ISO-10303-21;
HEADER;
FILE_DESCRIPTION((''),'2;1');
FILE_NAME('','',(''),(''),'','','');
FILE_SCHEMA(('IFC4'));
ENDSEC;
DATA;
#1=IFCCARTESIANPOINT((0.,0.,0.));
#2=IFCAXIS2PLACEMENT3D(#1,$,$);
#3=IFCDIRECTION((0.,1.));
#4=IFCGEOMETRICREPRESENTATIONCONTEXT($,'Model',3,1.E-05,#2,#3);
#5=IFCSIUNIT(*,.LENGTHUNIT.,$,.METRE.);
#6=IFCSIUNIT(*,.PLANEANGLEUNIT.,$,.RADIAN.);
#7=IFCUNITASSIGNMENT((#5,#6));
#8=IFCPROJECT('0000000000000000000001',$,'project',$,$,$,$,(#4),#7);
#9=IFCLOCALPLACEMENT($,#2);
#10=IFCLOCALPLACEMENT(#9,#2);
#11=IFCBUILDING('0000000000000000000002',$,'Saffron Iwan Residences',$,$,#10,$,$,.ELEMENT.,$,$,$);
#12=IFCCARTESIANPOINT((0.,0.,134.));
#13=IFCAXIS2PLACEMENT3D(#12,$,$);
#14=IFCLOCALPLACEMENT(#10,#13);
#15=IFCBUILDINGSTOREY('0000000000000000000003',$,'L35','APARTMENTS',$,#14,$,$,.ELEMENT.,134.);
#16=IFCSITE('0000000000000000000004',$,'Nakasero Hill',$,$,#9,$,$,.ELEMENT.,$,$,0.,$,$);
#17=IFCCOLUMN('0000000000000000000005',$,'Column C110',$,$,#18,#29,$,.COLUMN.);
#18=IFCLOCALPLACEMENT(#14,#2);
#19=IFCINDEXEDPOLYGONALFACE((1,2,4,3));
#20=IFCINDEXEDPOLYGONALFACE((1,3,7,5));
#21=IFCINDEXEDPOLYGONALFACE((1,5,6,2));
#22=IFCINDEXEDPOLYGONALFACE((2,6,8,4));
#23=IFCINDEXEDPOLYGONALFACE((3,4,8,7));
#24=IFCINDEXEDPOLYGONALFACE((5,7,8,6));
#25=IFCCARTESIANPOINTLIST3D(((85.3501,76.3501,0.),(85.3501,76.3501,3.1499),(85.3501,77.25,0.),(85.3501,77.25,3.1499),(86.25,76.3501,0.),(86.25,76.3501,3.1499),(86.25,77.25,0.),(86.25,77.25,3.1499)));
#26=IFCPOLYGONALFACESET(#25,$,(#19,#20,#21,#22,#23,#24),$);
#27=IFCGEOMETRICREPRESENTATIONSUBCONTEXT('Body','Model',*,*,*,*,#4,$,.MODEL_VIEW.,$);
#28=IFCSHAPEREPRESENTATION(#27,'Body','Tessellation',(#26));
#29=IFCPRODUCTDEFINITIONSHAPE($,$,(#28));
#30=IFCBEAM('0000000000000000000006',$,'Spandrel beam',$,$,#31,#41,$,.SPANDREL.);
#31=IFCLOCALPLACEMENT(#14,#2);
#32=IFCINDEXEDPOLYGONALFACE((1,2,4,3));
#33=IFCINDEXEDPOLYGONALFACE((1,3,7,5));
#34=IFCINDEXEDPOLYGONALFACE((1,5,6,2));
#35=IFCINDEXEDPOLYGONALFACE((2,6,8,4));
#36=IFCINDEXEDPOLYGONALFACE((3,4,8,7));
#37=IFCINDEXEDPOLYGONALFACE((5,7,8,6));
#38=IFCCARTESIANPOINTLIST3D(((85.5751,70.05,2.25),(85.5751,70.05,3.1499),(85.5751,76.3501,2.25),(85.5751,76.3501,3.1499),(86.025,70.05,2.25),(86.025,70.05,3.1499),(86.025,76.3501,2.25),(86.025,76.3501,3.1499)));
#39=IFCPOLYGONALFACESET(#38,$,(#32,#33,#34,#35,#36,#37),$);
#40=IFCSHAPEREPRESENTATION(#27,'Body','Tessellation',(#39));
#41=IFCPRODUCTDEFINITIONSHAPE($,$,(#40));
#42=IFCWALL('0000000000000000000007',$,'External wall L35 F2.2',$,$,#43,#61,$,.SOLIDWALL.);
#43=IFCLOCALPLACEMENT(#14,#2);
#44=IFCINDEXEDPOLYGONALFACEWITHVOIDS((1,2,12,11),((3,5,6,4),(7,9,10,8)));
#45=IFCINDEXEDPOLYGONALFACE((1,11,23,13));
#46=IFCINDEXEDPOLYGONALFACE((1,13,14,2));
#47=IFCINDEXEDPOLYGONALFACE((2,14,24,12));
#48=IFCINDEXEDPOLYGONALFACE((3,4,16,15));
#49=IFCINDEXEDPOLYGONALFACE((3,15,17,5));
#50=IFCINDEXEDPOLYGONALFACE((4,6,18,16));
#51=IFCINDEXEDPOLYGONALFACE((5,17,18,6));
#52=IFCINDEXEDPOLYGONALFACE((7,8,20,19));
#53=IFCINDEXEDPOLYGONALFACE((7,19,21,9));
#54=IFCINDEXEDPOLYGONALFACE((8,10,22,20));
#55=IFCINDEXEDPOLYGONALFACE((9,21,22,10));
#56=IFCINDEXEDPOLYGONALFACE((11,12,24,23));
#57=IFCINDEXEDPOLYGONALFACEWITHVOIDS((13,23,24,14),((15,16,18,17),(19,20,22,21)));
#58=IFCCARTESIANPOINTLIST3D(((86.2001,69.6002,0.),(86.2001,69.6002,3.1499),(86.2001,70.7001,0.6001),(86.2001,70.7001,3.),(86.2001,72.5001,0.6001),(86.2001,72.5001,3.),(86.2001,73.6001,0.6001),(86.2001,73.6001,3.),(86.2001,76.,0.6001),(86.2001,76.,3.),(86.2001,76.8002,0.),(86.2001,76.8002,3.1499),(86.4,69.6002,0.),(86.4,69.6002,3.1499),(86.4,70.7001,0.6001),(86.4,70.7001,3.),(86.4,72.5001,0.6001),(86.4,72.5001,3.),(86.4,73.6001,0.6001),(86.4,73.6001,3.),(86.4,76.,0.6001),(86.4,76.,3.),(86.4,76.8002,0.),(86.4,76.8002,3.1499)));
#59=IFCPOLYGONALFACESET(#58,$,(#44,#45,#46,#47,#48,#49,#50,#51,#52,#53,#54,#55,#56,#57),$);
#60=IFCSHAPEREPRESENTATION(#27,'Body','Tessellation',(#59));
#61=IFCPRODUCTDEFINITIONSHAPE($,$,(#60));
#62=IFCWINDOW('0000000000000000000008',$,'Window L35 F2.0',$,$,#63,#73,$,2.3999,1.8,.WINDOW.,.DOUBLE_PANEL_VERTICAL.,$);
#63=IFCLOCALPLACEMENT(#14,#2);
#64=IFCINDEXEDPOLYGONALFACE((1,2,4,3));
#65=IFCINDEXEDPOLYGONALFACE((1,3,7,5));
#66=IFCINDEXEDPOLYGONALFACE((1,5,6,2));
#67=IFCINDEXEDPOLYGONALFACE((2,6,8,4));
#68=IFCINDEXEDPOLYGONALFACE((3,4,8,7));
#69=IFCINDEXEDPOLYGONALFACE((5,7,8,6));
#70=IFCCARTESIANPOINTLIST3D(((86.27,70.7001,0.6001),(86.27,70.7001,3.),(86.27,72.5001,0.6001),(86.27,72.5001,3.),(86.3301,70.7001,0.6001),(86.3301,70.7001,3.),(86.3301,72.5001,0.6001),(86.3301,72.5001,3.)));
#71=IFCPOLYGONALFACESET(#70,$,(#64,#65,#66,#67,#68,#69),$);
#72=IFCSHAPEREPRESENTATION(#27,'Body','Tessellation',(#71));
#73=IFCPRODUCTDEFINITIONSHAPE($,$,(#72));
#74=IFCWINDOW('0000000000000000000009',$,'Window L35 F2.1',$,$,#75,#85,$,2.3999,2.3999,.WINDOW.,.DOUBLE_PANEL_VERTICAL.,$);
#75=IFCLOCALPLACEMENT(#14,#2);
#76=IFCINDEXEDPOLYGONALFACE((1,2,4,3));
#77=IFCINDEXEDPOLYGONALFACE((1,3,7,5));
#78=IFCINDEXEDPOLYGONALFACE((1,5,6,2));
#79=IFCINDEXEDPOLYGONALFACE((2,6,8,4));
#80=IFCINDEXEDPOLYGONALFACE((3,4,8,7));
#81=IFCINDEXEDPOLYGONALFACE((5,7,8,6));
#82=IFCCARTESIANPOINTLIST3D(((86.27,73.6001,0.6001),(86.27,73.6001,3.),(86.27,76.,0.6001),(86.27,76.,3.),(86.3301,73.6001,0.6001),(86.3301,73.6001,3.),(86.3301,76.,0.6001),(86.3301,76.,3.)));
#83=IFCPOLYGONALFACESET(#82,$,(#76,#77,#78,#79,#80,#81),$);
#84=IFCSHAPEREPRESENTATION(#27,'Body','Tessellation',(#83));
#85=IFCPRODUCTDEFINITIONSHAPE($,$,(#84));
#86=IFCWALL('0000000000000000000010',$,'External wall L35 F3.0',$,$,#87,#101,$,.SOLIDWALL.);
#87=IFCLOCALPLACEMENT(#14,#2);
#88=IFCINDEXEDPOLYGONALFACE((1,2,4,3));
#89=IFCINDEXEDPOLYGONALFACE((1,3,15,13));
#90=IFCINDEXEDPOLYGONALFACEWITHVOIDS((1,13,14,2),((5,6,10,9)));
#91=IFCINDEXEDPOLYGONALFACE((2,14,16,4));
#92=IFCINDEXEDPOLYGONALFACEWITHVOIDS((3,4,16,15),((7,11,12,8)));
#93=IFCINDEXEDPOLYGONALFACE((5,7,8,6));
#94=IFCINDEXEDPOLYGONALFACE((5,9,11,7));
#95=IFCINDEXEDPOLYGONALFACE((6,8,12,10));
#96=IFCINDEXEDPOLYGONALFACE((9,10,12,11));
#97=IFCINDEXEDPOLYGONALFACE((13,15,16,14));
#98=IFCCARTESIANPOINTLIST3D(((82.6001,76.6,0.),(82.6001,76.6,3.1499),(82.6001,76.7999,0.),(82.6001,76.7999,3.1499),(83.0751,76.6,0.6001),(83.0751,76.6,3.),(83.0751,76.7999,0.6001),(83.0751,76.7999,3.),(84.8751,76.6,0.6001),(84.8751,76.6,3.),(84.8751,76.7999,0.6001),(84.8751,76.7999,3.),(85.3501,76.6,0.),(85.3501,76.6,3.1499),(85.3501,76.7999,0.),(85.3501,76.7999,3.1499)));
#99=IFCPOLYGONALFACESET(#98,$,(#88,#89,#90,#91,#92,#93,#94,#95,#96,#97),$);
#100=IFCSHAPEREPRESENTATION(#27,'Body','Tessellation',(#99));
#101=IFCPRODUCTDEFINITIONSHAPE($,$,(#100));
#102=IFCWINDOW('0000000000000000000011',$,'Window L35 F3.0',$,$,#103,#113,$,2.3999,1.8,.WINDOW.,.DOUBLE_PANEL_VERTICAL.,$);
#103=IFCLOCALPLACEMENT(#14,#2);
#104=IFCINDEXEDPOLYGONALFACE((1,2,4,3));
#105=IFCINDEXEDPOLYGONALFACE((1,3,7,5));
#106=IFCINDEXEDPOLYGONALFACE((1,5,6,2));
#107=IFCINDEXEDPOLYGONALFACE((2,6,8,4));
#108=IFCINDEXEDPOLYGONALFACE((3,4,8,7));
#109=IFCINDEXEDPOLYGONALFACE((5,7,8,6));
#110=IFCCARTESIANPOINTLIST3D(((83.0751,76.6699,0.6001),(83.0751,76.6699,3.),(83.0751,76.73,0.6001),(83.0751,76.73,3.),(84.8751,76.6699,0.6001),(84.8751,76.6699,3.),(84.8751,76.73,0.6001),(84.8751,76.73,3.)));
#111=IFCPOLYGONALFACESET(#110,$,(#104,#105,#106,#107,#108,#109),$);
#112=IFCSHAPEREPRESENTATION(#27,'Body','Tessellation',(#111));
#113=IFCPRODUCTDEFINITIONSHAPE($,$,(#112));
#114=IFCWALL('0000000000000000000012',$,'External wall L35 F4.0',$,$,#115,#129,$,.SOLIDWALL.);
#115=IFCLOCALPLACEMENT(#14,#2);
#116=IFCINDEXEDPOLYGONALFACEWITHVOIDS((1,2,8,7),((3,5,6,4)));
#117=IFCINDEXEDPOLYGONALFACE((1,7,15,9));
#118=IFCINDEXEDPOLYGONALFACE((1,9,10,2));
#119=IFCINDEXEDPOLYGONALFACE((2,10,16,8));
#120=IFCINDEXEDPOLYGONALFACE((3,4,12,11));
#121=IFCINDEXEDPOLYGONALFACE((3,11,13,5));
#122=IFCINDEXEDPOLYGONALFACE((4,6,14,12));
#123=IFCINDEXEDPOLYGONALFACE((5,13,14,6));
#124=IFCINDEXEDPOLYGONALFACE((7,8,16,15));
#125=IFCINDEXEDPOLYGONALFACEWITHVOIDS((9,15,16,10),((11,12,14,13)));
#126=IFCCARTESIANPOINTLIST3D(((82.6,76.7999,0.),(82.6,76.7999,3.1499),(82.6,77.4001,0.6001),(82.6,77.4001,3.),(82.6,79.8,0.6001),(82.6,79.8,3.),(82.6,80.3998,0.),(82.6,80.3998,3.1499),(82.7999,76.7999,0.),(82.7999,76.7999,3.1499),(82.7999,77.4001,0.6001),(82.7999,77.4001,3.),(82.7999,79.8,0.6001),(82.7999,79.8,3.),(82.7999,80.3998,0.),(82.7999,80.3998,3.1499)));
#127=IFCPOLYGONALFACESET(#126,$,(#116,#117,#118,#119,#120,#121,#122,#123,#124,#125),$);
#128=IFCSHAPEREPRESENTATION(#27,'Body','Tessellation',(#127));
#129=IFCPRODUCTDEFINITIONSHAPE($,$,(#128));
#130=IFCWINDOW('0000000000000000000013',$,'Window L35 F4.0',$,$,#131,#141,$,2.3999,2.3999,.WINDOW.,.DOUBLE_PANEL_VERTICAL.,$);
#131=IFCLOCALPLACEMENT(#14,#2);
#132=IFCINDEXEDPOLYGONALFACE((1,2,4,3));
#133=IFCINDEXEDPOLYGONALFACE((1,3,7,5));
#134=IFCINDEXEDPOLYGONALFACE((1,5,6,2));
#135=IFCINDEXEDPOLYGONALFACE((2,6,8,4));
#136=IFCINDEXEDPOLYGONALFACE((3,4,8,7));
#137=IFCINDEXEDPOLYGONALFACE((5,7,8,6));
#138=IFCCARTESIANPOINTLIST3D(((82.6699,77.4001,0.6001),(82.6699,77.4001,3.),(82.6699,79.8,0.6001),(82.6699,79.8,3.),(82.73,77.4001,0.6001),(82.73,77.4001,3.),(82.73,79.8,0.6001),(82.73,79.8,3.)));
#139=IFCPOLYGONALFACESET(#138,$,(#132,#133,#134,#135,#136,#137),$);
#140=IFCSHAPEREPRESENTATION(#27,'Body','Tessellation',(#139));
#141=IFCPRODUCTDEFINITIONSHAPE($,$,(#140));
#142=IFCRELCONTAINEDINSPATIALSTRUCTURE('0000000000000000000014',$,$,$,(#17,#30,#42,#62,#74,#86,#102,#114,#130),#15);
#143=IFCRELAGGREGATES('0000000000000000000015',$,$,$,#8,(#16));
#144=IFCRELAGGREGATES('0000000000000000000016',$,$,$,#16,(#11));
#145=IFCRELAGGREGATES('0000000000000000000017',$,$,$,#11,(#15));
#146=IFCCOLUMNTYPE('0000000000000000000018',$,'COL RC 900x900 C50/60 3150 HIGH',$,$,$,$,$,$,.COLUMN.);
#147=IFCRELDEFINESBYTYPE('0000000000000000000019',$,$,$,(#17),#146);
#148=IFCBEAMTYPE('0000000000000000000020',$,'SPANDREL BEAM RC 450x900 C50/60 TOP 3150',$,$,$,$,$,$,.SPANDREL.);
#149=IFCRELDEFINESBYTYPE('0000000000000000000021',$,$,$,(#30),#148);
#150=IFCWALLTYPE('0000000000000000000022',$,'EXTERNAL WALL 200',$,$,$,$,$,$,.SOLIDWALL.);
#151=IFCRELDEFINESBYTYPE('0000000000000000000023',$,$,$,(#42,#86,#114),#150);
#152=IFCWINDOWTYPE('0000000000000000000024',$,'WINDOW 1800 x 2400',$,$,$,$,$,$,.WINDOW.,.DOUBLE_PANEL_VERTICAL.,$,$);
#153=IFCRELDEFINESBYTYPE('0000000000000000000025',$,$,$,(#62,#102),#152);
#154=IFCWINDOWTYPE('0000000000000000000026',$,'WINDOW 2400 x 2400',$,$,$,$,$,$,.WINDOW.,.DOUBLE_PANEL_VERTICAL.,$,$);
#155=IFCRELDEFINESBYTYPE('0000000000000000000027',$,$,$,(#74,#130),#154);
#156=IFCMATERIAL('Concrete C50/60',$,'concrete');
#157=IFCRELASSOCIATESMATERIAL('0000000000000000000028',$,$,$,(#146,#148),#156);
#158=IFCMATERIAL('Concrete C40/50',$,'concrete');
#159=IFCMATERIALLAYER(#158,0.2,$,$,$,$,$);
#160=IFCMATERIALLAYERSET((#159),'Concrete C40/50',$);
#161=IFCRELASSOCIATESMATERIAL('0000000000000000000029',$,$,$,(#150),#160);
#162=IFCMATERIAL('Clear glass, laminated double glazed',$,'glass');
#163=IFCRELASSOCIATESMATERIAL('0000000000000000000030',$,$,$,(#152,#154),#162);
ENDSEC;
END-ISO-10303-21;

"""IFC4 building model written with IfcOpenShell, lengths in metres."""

from ifc_helpers import new_model, si_unit, direction, frame, frame_2d, origin, origin_2d, place, context, subcontext, project, spatial, rectangle, extrude, source, transform, mapped, material, layer, layer_set, material_profile, profile_set, type_object, element, fill, save


model = new_model("IFC4")

# Units and contexts
model_context = context("Model", 3, precision=1e-05, world=origin(), true_north=direction((0.0, 1.0)))
body_context = subcontext(model_context, "Body", "Model", "MODEL_VIEW")
ifc_project = project(units=[si_unit("LENGTHUNIT", "METRE"), si_unit("PLANEANGLEUNIT", "RADIAN")], contexts=[model_context])

# Site, building, storey
site_placement = place(None, origin())
site = spatial("IfcSite", under=ifc_project, at=site_placement, Name="Nakasero Hill", CompositionType="ELEMENT", RefElevation=0.0)
building_placement = place(site_placement, origin())
building = spatial("IfcBuilding", under=site, at=building_placement, Name="Saffron Iwan Residences", CompositionType="ELEMENT")
storey_placement = place(building_placement, frame((0.0, 0.0, 134.0)))
storey = spatial("IfcBuildingStorey", under=building, at=storey_placement, Name="L35", Description="APARTMENTS", CompositionType="ELEMENT", Elevation=134.0)

# Column
ifc_material_1 = material(Name="Concrete C50/60", Category="concrete")
ifc_material_profile_1 = material_profile(ifc_material_1, rectangle(XDim=0.8999, YDim=0.8999, at=origin_2d()), Name="RC 900x900")
ifc_profile_set_1 = profile_set([ifc_material_profile_1], Name="Concrete C50/60")
column_type = type_object("IfcColumnType", Name="COL RC 900x900 C50/60 3150 HIGH", PredefinedType="COLUMN", material=ifc_profile_set_1)
shared_shape_1 = source(origin(), body_context, "Body", "SweptSolid", [
    extrude(rectangle(XDim=0.8999, YDim=0.8999, at=origin_2d()), origin(), (0.0, 0.0, 1.0), 3.1499),
])
column_placement = place(storey_placement, frame((85.8, 76.8, 0.0), z_axis=(0.0, 0.0, 1.0), x_axis=(1.0, 0.0, 0.0)))
element("IfcColumn", 1, at=column_placement, inside=storey, type_object=column_type, Name="Column C110", PredefinedType="COLUMN", context=body_context, shape_type="MappedRepresentation", body=[
    mapped(shared_shape_1, transform((0.0, 0.0, 0.0))),
])

# Beam
ifc_material_profile_2 = material_profile(ifc_material_1, rectangle(XDim=0.45, YDim=0.8999, at=origin_2d()), Name="RC 450x900")
ifc_profile_set_2 = profile_set([ifc_material_profile_2], Name="Concrete C50/60")
beam_type = type_object("IfcBeamType", Name="SPANDREL BEAM RC 450x900 C50/60 TOP 3150", PredefinedType="SPANDREL", material=ifc_profile_set_2)
shared_shape_2 = source(origin(), body_context, "Body", "SweptSolid", [
    extrude(rectangle(XDim=0.45, YDim=0.8999, at=origin_2d()), origin(), (0.0, 0.0, 1.0), 6.3),
])
beam_placement = place(storey_placement, frame((85.8, 76.3501, 2.7), z_axis=(0.0, -1.0, 0.0), x_axis=(1.0, 0.0, 0.0)))
element("IfcBeam", 2, at=beam_placement, inside=storey, type_object=beam_type, Name="Spandrel beam", PredefinedType="SPANDREL", context=body_context, shape_type="MappedRepresentation", body=[
    mapped(shared_shape_2, transform((0.0, 0.0, 0.0))),
])

# Wall, openings, windows
ifc_material_2 = material(Name="Concrete C40/50", Category="concrete")
ifc_layer = layer(ifc_material_2, 0.2)
ifc_layer_set = layer_set([ifc_layer], Name="Concrete C40/50")
wall_type = type_object("IfcWallType", Name="EXTERNAL WALL 200", PredefinedType="SOLIDWALL", material=ifc_layer_set)
wall_1_placement = place(storey_placement, frame((86.3, 69.6001, 0.0), z_axis=(0.0, 0.0, 1.0), x_axis=(0.0, 1.0, 0.0)))
wall_1 = element("IfcWall", 3, at=wall_1_placement, inside=storey, type_object=wall_type, Name="External wall L35 F2.2", PredefinedType="SOLIDWALL", context=body_context, shape_type="SweptSolid", body=[
    extrude(rectangle(XDim=7.2, YDim=0.2, at=frame_2d((3.6001, 0.0))), origin(), (0.0, 0.0, 1.0), 3.1499),
])
opening_1_placement = place(wall_1_placement, frame((1.1001, 0.0, 0.6001)))
opening_1 = element("IfcOpeningElement", 4, at=opening_1_placement, cuts=wall_1, PredefinedType="OPENING", context=body_context, shape_type="SweptSolid", body=[
    extrude(rectangle(XDim=1.8, YDim=2.3999, at=frame_2d((0.8999, 1.2))), frame((0.0, 0.1099, 0.0), z_axis=(0.0, -1.0, 0.0), x_axis=(1.0, 0.0, 0.0)), (0.0, 0.0, 1.0), 0.22),
])
opening_2_placement = place(wall_1_placement, frame((4.0, 0.0, 0.6001)))
opening_2 = element("IfcOpeningElement", 5, at=opening_2_placement, cuts=wall_1, PredefinedType="OPENING", context=body_context, shape_type="SweptSolid", body=[
    extrude(rectangle(XDim=2.3999, YDim=2.3999, at=frame_2d((1.2, 1.2))), frame((0.0, 0.1099, 0.0), z_axis=(0.0, -1.0, 0.0), x_axis=(1.0, 0.0, 0.0)), (0.0, 0.0, 1.0), 0.22),
])
ifc_material_3 = material(Name="Clear glass, laminated double glazed", Category="glass")
window_type_1 = type_object("IfcWindowType", Name="WINDOW 1800 x 2400", PartitioningType="DOUBLE_PANEL_VERTICAL", PredefinedType="WINDOW", material=ifc_material_3)
window_1_placement = place(opening_1_placement, origin())
window_1 = element("IfcWindow", 6, at=window_1_placement, inside=storey, type_object=window_type_1, Name="Window L35 F2.0", OverallHeight=2.3999, OverallWidth=1.8, PartitioningType="DOUBLE_PANEL_VERTICAL", PredefinedType="WINDOW", context=body_context, shape_type="SweptSolid", body=[
    extrude(rectangle(XDim=1.8, YDim=2.3999, at=frame_2d((0.8999, 1.2))), frame((0.0, 0.03, 0.0), z_axis=(0.0, -1.0, 0.0), x_axis=(1.0, 0.0, 0.0)), (0.0, 0.0, 1.0), 0.0601),
])
fill(opening_1, window_1)
window_type_2 = type_object("IfcWindowType", Name="WINDOW 2400 x 2400", PartitioningType="DOUBLE_PANEL_VERTICAL", PredefinedType="WINDOW", material=ifc_material_3)
window_2_placement = place(opening_2_placement, origin())
window_2 = element("IfcWindow", 7, at=window_2_placement, inside=storey, type_object=window_type_2, Name="Window L35 F2.1", OverallHeight=2.3999, OverallWidth=2.3999, PartitioningType="DOUBLE_PANEL_VERTICAL", PredefinedType="WINDOW", context=body_context, shape_type="SweptSolid", body=[
    extrude(rectangle(XDim=2.3999, YDim=2.3999, at=frame_2d((1.2, 1.2))), frame((0.0, 0.03, 0.0), z_axis=(0.0, -1.0, 0.0), x_axis=(1.0, 0.0, 0.0)), (0.0, 0.0, 1.0), 0.0601),
])
fill(opening_2, window_2)

# Walls, openings, windows
wall_2_placement = place(storey_placement, frame((85.3501, 76.7, 0.0), z_axis=(0.0, 0.0, 1.0), x_axis=(-1.0, 0.0, 0.0)))
wall_2 = element("IfcWall", 8, at=wall_2_placement, inside=storey, type_object=wall_type, Name="External wall L35 F3.0", PredefinedType="SOLIDWALL", context=body_context, shape_type="SweptSolid", body=[
    extrude(rectangle(XDim=2.75, YDim=0.2, at=frame_2d((1.375, 0.0))), origin(), (0.0, 0.0, 1.0), 3.1499),
])
opening_3_placement = place(wall_2_placement, frame((0.4751, 0.0, 0.6001)))
opening_3 = element("IfcOpeningElement", 9, at=opening_3_placement, cuts=wall_2, PredefinedType="OPENING", context=body_context, shape_type="SweptSolid", body=[
    extrude(rectangle(XDim=1.8, YDim=2.3999, at=frame_2d((0.8999, 1.2))), frame((0.0, 0.1099, 0.0), z_axis=(0.0, -1.0, 0.0), x_axis=(1.0, 0.0, 0.0)), (0.0, 0.0, 1.0), 0.22),
])
window_3_placement = place(opening_3_placement, origin())
window_3 = element("IfcWindow", 10, at=window_3_placement, inside=storey, type_object=window_type_1, Name="Window L35 F3.0", OverallHeight=2.3999, OverallWidth=1.8, PartitioningType="DOUBLE_PANEL_VERTICAL", PredefinedType="WINDOW", context=body_context, shape_type="SweptSolid", body=[
    extrude(rectangle(XDim=1.8, YDim=2.3999, at=frame_2d((0.8999, 1.2))), frame((0.0, 0.03, 0.0), z_axis=(0.0, -1.0, 0.0), x_axis=(1.0, 0.0, 0.0)), (0.0, 0.0, 1.0), 0.0601),
])
fill(opening_3, window_3)
wall_3_placement = place(storey_placement, frame((82.7, 76.8, 0.0), z_axis=(0.0, 0.0, 1.0), x_axis=(0.0, 1.0, 0.0)))
wall_3 = element("IfcWall", 11, at=wall_3_placement, inside=storey, type_object=wall_type, Name="External wall L35 F4.0", PredefinedType="SOLIDWALL", context=body_context, shape_type="SweptSolid", body=[
    extrude(rectangle(XDim=3.5999, YDim=0.2, at=frame_2d((1.7998, 0.0))), origin(), (0.0, 0.0, 1.0), 3.1499),
])
opening_4_placement = place(wall_3_placement, frame((0.6001, 0.0, 0.6001)))
opening_4 = element("IfcOpeningElement", 12, at=opening_4_placement, cuts=wall_3, PredefinedType="OPENING", context=body_context, shape_type="SweptSolid", body=[
    extrude(rectangle(XDim=2.3999, YDim=2.3999, at=frame_2d((1.2, 1.2))), frame((0.0, 0.1099, 0.0), z_axis=(0.0, -1.0, 0.0), x_axis=(1.0, 0.0, 0.0)), (0.0, 0.0, 1.0), 0.22),
])
window_4_placement = place(opening_4_placement, origin())
window_4 = element("IfcWindow", 13, at=window_4_placement, inside=storey, type_object=window_type_2, Name="Window L35 F4.0", OverallHeight=2.3999, OverallWidth=2.3999, PartitioningType="DOUBLE_PANEL_VERTICAL", PredefinedType="WINDOW", context=body_context, shape_type="SweptSolid", body=[
    extrude(rectangle(XDim=2.3999, YDim=2.3999, at=frame_2d((1.2, 1.2))), frame((0.0, 0.03, 0.0), z_axis=(0.0, -1.0, 0.0), x_axis=(1.0, 0.0, 0.0)), (0.0, 0.0, 1.0), 0.0601),
])
fill(opening_4, window_4)

save(model, "model.ifc")
